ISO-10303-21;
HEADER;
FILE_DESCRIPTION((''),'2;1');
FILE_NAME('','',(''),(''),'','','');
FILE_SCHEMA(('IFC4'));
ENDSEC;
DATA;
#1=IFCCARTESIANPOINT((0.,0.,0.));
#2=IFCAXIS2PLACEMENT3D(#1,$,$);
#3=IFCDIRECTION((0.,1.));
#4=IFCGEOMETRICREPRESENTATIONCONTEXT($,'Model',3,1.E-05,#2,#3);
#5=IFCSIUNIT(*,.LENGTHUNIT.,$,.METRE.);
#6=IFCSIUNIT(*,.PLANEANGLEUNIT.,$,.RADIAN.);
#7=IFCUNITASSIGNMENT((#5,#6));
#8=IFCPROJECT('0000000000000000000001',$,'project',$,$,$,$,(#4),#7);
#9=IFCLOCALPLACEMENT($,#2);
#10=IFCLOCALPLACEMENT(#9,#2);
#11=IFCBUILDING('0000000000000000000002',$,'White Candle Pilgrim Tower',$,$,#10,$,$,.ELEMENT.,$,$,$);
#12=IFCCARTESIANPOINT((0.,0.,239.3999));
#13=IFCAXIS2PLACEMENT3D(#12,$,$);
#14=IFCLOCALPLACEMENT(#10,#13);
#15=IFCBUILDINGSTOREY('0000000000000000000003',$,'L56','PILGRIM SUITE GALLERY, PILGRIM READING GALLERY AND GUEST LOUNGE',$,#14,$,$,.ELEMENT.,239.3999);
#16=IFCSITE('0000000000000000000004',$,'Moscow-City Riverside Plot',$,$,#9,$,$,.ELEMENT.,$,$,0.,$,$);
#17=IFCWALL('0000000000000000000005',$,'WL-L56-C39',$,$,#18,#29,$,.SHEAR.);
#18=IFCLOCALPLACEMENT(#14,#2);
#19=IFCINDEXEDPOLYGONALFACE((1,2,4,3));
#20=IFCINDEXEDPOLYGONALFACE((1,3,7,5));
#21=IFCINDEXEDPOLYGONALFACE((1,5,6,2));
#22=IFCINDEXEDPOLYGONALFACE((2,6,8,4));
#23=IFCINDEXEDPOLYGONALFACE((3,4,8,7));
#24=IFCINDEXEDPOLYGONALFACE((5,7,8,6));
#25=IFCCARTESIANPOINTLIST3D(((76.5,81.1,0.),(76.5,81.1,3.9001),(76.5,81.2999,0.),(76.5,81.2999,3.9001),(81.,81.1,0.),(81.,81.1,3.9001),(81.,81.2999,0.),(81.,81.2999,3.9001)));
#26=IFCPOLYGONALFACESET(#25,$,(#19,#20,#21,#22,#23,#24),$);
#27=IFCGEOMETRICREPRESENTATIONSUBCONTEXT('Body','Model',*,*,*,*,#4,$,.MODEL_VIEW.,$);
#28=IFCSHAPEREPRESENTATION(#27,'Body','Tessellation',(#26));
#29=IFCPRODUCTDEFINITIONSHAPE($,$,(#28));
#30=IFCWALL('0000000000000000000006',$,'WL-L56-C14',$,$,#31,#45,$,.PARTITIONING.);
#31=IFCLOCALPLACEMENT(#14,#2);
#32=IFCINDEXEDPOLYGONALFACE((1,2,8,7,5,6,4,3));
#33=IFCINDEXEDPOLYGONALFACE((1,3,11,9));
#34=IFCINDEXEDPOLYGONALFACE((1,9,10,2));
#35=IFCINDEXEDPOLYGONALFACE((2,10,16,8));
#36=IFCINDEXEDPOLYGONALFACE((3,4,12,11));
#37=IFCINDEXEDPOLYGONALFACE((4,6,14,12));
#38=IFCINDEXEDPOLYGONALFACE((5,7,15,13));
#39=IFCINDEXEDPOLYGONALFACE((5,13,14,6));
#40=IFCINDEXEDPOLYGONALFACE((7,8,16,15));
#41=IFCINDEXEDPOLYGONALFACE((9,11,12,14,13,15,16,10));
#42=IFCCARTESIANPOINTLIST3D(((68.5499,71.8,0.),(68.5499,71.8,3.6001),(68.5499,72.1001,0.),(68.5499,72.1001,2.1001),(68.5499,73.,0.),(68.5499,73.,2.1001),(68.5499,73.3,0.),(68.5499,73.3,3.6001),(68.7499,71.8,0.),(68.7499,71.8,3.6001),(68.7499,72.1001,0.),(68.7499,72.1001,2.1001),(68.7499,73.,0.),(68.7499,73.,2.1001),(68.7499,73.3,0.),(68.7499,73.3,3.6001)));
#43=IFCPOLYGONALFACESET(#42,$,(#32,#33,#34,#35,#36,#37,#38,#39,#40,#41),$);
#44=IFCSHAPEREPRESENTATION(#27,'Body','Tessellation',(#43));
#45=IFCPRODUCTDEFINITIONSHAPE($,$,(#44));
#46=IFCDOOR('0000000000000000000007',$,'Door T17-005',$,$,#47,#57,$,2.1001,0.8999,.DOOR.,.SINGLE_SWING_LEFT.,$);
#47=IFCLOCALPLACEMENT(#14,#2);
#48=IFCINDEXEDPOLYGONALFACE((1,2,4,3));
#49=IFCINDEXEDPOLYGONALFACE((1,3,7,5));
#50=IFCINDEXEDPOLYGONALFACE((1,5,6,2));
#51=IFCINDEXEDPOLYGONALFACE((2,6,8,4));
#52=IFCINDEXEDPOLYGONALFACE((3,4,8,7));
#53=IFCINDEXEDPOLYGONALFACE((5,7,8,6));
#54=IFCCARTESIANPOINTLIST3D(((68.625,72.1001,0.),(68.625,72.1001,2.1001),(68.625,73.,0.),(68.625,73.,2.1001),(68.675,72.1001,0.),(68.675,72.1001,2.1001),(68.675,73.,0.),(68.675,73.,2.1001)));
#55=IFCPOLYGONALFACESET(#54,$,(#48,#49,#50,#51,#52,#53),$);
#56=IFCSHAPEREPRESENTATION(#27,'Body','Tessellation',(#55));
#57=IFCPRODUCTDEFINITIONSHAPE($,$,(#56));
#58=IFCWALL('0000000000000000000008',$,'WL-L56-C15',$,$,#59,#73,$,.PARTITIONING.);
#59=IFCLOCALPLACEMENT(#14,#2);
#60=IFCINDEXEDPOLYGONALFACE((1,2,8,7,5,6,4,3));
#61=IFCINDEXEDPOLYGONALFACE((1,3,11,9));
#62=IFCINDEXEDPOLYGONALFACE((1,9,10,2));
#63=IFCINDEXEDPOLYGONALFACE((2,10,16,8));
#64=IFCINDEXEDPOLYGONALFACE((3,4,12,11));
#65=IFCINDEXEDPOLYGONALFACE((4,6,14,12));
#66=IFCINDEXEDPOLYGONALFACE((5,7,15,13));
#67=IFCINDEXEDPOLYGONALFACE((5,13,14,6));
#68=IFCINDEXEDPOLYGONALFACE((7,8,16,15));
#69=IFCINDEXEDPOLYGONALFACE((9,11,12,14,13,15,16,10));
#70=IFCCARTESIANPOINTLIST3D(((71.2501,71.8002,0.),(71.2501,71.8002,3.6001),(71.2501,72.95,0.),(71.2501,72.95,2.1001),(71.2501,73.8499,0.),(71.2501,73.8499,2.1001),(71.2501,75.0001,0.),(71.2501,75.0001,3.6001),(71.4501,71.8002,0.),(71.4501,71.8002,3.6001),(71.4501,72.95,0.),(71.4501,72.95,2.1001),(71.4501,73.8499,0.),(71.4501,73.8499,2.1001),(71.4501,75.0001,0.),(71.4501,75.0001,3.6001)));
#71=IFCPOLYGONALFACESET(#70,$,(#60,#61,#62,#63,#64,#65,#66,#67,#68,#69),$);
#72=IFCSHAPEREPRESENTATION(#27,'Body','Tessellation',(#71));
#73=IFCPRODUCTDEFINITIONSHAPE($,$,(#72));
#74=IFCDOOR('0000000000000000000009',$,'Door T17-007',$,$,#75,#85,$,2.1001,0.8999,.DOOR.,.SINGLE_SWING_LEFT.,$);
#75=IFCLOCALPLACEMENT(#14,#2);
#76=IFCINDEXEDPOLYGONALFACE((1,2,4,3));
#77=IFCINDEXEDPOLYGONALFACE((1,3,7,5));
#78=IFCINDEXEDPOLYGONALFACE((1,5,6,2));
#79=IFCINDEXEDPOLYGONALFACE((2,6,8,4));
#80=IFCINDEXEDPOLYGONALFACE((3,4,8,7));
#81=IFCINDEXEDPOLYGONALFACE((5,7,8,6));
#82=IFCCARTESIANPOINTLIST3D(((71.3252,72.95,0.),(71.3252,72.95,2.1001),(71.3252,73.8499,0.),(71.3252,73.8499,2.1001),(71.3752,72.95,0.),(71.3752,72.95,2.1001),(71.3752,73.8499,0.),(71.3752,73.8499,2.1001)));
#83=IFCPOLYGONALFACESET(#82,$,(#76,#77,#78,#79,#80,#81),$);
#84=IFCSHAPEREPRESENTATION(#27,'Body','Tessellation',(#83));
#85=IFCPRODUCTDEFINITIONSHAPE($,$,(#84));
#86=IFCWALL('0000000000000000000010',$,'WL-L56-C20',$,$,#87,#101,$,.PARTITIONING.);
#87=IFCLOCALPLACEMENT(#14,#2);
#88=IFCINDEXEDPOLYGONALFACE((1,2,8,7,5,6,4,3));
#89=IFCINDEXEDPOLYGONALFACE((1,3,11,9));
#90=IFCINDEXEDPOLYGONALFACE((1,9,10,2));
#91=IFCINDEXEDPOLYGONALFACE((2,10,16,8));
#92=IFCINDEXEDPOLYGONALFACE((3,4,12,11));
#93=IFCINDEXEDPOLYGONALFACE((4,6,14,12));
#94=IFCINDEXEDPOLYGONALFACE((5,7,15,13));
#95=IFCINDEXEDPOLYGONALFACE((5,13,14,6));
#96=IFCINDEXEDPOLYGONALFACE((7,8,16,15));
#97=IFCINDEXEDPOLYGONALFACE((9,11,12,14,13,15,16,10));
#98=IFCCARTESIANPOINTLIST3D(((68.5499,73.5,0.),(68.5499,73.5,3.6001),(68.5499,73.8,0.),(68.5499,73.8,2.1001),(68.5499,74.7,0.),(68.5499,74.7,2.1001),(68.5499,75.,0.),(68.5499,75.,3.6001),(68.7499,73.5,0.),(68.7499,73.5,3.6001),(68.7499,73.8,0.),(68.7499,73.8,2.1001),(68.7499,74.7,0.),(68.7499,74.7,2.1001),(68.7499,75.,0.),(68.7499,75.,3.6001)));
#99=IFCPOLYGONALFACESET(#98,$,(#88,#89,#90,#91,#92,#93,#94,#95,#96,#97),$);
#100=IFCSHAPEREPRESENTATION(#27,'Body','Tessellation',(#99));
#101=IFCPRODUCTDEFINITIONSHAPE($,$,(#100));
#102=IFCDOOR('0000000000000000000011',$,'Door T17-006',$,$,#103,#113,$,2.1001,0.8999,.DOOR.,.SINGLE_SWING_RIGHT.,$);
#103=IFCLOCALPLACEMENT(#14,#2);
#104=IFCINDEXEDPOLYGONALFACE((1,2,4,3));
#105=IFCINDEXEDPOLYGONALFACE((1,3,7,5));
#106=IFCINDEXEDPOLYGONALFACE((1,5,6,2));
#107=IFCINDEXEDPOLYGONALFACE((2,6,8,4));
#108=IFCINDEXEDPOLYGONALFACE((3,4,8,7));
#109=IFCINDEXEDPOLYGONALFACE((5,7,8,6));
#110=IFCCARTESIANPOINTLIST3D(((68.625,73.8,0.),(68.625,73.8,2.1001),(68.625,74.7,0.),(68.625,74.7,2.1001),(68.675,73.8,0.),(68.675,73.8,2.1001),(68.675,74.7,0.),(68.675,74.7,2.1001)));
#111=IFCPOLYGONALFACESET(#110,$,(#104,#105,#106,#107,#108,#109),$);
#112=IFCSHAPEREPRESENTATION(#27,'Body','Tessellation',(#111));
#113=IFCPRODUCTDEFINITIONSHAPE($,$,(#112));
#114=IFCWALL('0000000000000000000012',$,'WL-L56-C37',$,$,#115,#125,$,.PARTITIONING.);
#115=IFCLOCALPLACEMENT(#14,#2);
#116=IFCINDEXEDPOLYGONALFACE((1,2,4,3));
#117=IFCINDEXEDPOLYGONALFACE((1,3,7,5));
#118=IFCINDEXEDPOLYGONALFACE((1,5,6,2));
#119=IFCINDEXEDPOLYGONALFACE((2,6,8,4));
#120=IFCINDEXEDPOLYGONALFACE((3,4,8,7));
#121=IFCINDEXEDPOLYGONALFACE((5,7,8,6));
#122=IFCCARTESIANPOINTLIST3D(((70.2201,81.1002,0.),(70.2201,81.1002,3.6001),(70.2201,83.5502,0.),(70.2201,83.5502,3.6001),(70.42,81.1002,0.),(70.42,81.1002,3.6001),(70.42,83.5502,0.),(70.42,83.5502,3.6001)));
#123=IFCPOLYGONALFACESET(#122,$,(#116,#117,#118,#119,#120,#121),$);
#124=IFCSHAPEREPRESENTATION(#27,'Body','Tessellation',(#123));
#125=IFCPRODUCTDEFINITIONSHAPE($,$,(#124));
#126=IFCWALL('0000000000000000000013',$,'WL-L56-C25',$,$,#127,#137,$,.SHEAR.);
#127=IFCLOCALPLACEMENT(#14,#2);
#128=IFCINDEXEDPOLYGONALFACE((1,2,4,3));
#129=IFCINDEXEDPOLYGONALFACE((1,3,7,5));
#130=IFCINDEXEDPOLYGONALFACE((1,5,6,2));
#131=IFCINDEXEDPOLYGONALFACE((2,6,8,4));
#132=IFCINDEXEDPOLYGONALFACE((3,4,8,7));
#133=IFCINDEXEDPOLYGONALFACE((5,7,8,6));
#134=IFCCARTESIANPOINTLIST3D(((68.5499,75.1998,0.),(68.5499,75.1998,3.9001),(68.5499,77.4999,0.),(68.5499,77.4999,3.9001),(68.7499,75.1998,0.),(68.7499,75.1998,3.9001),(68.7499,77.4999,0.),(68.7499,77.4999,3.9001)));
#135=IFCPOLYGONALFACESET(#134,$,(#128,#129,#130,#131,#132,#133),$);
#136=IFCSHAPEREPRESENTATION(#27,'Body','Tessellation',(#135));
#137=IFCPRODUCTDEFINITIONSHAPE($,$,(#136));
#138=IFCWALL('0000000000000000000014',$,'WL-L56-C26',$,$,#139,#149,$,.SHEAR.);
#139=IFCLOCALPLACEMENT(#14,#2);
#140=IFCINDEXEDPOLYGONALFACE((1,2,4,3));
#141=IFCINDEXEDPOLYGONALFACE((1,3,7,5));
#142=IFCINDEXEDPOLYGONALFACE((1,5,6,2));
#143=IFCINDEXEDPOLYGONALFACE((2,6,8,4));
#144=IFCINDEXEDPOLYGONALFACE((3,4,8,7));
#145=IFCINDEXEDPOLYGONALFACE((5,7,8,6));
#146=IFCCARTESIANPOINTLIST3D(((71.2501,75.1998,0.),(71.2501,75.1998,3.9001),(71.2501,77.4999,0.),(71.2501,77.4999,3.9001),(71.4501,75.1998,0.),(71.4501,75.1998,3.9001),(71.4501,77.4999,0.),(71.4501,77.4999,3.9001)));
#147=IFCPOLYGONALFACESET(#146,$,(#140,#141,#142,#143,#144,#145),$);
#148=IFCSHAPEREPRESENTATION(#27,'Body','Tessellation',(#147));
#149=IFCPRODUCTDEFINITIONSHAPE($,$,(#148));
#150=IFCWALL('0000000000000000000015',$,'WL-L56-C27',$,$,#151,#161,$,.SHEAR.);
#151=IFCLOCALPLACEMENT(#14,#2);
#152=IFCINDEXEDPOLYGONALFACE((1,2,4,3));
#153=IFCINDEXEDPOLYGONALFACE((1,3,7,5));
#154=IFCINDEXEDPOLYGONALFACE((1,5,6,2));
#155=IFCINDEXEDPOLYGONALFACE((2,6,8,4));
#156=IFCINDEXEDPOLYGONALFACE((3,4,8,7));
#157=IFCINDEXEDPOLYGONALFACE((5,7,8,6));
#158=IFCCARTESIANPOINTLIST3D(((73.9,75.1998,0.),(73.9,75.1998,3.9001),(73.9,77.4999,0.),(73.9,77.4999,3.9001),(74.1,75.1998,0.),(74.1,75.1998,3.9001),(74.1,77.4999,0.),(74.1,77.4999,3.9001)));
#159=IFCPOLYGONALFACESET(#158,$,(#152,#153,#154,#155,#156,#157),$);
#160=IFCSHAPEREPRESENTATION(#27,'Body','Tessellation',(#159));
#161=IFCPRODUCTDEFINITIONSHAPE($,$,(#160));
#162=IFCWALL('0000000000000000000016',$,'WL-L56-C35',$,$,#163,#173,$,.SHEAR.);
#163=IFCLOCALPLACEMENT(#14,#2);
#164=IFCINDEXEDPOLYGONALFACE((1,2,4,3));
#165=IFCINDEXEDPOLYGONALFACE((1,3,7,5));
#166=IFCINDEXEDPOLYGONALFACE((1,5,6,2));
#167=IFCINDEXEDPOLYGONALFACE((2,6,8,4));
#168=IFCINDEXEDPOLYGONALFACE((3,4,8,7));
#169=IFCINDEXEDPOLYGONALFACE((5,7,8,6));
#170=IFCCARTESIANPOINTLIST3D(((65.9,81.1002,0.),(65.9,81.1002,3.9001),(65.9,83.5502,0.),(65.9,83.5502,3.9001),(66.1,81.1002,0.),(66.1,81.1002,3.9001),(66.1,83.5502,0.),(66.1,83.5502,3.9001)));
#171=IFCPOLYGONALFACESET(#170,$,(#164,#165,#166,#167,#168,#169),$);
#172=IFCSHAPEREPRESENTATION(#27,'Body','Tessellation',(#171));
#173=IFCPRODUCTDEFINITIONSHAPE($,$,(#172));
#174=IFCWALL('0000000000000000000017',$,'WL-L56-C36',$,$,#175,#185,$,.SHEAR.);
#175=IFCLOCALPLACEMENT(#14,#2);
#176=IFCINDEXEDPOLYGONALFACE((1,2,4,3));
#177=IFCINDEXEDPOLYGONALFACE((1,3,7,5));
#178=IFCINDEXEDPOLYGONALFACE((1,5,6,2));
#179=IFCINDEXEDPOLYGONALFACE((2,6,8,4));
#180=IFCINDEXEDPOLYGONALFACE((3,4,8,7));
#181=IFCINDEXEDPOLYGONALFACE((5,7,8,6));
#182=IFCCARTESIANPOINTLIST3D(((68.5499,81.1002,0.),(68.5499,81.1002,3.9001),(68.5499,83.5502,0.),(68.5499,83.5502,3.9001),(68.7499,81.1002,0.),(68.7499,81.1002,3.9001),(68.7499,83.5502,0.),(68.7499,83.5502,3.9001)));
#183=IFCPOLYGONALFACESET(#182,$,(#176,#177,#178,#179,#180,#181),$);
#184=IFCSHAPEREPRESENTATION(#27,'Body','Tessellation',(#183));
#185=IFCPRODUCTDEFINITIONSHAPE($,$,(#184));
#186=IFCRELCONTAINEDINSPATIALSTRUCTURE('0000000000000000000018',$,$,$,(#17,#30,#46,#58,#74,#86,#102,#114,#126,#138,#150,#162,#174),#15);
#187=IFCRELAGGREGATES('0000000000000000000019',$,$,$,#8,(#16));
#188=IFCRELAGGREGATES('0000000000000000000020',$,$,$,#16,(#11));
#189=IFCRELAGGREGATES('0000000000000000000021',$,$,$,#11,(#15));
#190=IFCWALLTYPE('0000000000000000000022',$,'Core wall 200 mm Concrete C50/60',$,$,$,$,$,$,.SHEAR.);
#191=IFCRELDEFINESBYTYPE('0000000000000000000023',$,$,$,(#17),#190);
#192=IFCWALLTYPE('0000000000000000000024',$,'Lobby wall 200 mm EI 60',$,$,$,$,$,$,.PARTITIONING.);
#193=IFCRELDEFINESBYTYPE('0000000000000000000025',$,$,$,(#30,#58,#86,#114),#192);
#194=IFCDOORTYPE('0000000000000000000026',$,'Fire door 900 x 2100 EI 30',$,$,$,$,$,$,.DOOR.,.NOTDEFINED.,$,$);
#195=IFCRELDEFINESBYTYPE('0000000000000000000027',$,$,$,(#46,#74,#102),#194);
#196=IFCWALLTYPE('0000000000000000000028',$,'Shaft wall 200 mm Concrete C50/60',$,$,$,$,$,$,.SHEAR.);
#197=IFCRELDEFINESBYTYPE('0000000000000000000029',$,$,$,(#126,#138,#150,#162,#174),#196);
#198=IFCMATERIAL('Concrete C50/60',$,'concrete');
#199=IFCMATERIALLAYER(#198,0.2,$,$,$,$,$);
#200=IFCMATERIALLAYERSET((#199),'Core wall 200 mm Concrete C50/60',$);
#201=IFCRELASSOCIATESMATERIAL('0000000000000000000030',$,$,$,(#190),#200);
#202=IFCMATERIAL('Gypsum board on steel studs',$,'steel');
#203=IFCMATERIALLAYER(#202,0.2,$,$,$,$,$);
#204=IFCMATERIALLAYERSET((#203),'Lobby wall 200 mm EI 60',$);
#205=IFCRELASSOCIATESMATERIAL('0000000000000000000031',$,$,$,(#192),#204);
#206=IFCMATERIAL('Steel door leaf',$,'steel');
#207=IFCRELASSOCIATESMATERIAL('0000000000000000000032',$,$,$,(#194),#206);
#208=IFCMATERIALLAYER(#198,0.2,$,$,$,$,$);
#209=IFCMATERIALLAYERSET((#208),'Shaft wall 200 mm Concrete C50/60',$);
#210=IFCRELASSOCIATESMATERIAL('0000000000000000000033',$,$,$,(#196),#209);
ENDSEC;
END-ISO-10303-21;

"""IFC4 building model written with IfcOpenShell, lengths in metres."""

from ifc_helpers import new_model, si_unit, direction, frame, frame_2d, origin, place, context, subcontext, project, spatial, rectangle, extrude, material, layer, layer_set, type_object, element, fill, save


model = new_model("IFC4")

# Units and contexts
model_context = context("Model", 3, precision=1e-05, world=origin(), true_north=direction((0.0, 1.0)))
body_context = subcontext(model_context, "Body", "Model", "MODEL_VIEW")
ifc_project = project(units=[si_unit("LENGTHUNIT", "METRE"), si_unit("PLANEANGLEUNIT", "RADIAN")], contexts=[model_context])

# Site, building, storey
site_placement = place(None, origin())
site = spatial("IfcSite", under=ifc_project, at=site_placement, Name="Moscow-City Riverside Plot", CompositionType="ELEMENT", RefElevation=0.0)
building_placement = place(site_placement, origin())
building = spatial("IfcBuilding", under=site, at=building_placement, Name="White Candle Pilgrim Tower", CompositionType="ELEMENT")
storey_placement = place(building_placement, frame((0.0, 0.0, 239.3999)))
storey = spatial("IfcBuildingStorey", under=building, at=storey_placement, Name="L56", Description="PILGRIM SUITE GALLERY, PILGRIM READING GALLERY AND GUEST LOUNGE", CompositionType="ELEMENT", Elevation=239.3999)

# Wall
ifc_material_1 = material(Name="Concrete C50/60", Category="concrete")
ifc_layer_1 = layer(ifc_material_1, 0.2)
ifc_layer_set_1 = layer_set([ifc_layer_1], Name="Core wall 200 mm Concrete C50/60")
wall_type_1 = type_object("IfcWallType", Name="Core wall 200 mm Concrete C50/60", PredefinedType="SHEAR", material=ifc_layer_set_1)
wall_1_placement = place(storey_placement, frame((76.5, 81.2, 0.0), z_axis=(0.0, 0.0, 1.0), x_axis=(1.0, 0.0, 0.0)))
element("IfcWall", 1, at=wall_1_placement, inside=storey, type_object=wall_type_1, Name="WL-L56-C39", PredefinedType="SHEAR", context=body_context, shape_type="SweptSolid", body=[
    extrude(rectangle(XDim=4.5, YDim=0.2, at=frame_2d((2.25, 0.0))), origin(), (0.0, 0.0, 1.0), 3.9001),
])

# Walls, openings, doors
ifc_material_2 = material(Name="Gypsum board on steel studs", Category="steel")
ifc_layer_2 = layer(ifc_material_2, 0.2)
ifc_layer_set_2 = layer_set([ifc_layer_2], Name="Lobby wall 200 mm EI 60")
wall_type_2 = type_object("IfcWallType", Name="Lobby wall 200 mm EI 60", PredefinedType="PARTITIONING", material=ifc_layer_set_2)
wall_2_placement = place(storey_placement, frame((68.6499, 71.8, 0.0), z_axis=(0.0, 0.0, 1.0), x_axis=(0.0, 1.0, 0.0)))
wall_2 = element("IfcWall", 2, at=wall_2_placement, inside=storey, type_object=wall_type_2, Name="WL-L56-C14", PredefinedType="PARTITIONING", context=body_context, shape_type="SweptSolid", body=[
    extrude(rectangle(XDim=1.5, YDim=0.2, at=frame_2d((0.75, 0.0))), origin(), (0.0, 0.0, 1.0), 3.6001),
])
opening_1_placement = place(wall_2_placement, frame((0.3, 0.0, 0.0)))
opening_1 = element("IfcOpeningElement", 3, at=opening_1_placement, cuts=wall_2, PredefinedType="OPENING", context=body_context, shape_type="SweptSolid", body=[
    extrude(rectangle(XDim=0.8999, YDim=2.1001, at=frame_2d((0.45, 1.05))), frame((0.0, 0.1099, 0.0), z_axis=(0.0, -1.0, 0.0), x_axis=(1.0, 0.0, 0.0)), (0.0, 0.0, 1.0), 0.22),
])
ifc_material_3 = material(Name="Steel door leaf", Category="steel")
door_type_1 = type_object("IfcDoorType", Name="Fire door 900 x 2100 EI 30", OperationType="NOTDEFINED", PredefinedType="DOOR", material=ifc_material_3)
door_1_placement = place(opening_1_placement, origin())
door_1 = element("IfcDoor", 4, at=door_1_placement, inside=storey, type_object=door_type_1, Name="Door T17-005", OperationType="SINGLE_SWING_LEFT", OverallHeight=2.1001, OverallWidth=0.8999, PredefinedType="DOOR", context=body_context, shape_type="SweptSolid", body=[
    extrude(rectangle(XDim=0.8999, YDim=2.1001, at=frame_2d((0.45, 1.05))), frame((0.0, 0.0249, 0.0), z_axis=(0.0, -1.0, 0.0), x_axis=(1.0, 0.0, 0.0)), (0.0, 0.0, 1.0), 0.05),
])
fill(opening_1, door_1)
wall_3_placement = place(storey_placement, frame((71.3501, 71.8, 0.0), z_axis=(0.0, 0.0, 1.0), x_axis=(0.0, 1.0, 0.0)))
wall_3 = element("IfcWall", 5, at=wall_3_placement, inside=storey, type_object=wall_type_2, Name="WL-L56-C15", PredefinedType="PARTITIONING", context=body_context, shape_type="SweptSolid", body=[
    extrude(rectangle(XDim=3.2, YDim=0.2, at=frame_2d((1.6001, 0.0))), origin(), (0.0, 0.0, 1.0), 3.6001),
])
opening_2_placement = place(wall_3_placement, frame((1.1499, 0.0, 0.0)))
opening_2 = element("IfcOpeningElement", 6, at=opening_2_placement, cuts=wall_3, PredefinedType="OPENING", context=body_context, shape_type="SweptSolid", body=[
    extrude(rectangle(XDim=0.8999, YDim=2.1001, at=frame_2d((0.45, 1.05))), frame((0.0, 0.1099, 0.0), z_axis=(0.0, -1.0, 0.0), x_axis=(1.0, 0.0, 0.0)), (0.0, 0.0, 1.0), 0.22),
])
door_2_placement = place(opening_2_placement, origin())
door_2 = element("IfcDoor", 7, at=door_2_placement, inside=storey, type_object=door_type_1, Name="Door T17-007", OperationType="SINGLE_SWING_LEFT", OverallHeight=2.1001, OverallWidth=0.8999, PredefinedType="DOOR", context=body_context, shape_type="SweptSolid", body=[
    extrude(rectangle(XDim=0.8999, YDim=2.1001, at=frame_2d((0.45, 1.05))), frame((0.0, 0.0249, 0.0), z_axis=(0.0, -1.0, 0.0), x_axis=(1.0, 0.0, 0.0)), (0.0, 0.0, 1.0), 0.05),
])
fill(opening_2, door_2)
wall_4_placement = place(storey_placement, frame((68.6499, 73.5, 0.0), z_axis=(0.0, 0.0, 1.0), x_axis=(0.0, 1.0, 0.0)))
wall_4 = element("IfcWall", 8, at=wall_4_placement, inside=storey, type_object=wall_type_2, Name="WL-L56-C20", PredefinedType="PARTITIONING", context=body_context, shape_type="SweptSolid", body=[
    extrude(rectangle(XDim=1.5, YDim=0.2, at=frame_2d((0.75, 0.0))), origin(), (0.0, 0.0, 1.0), 3.6001),
])
opening_3_placement = place(wall_4_placement, frame((0.3, 0.0, 0.0)))
opening_3 = element("IfcOpeningElement", 9, at=opening_3_placement, cuts=wall_4, PredefinedType="OPENING", context=body_context, shape_type="SweptSolid", body=[
    extrude(rectangle(XDim=0.8999, YDim=2.1001, at=frame_2d((0.45, 1.05))), frame((0.0, 0.1099, 0.0), z_axis=(0.0, -1.0, 0.0), x_axis=(1.0, 0.0, 0.0)), (0.0, 0.0, 1.0), 0.22),
])
door_3_placement = place(opening_3_placement, origin())
door_3 = element("IfcDoor", 10, at=door_3_placement, inside=storey, type_object=door_type_1, Name="Door T17-006", OperationType="SINGLE_SWING_RIGHT", OverallHeight=2.1001, OverallWidth=0.8999, PredefinedType="DOOR", context=body_context, shape_type="SweptSolid", body=[
    extrude(rectangle(XDim=0.8999, YDim=2.1001, at=frame_2d((0.45, 1.05))), frame((0.0, 0.0249, 0.0), z_axis=(0.0, -1.0, 0.0), x_axis=(1.0, 0.0, 0.0)), (0.0, 0.0, 1.0), 0.05),
])
fill(opening_3, door_3)

# Walls
wall_5_placement = place(storey_placement, frame((70.3201, 81.1001, 0.0), z_axis=(0.0, 0.0, 1.0), x_axis=(0.0, 1.0, 0.0)))
element("IfcWall", 11, at=wall_5_placement, inside=storey, type_object=wall_type_2, Name="WL-L56-C37", PredefinedType="PARTITIONING", context=body_context, shape_type="SweptSolid", body=[
    extrude(rectangle(XDim=2.45, YDim=0.2, at=frame_2d((1.2251, 0.0))), origin(), (0.0, 0.0, 1.0), 3.6001),
])
ifc_layer_3 = layer(ifc_material_1, 0.2)
ifc_layer_set_3 = layer_set([ifc_layer_3], Name="Shaft wall 200 mm Concrete C50/60")
wall_type_3 = type_object("IfcWallType", Name="Shaft wall 200 mm Concrete C50/60", PredefinedType="SHEAR", material=ifc_layer_set_3)
for number, where, z_axis, x_axis, name in (
    (12, (68.6499, 75.2, 0.0), (0.0, 0.0, 1.0), (0.0, 1.0, 0.0), "WL-L56-C25"),
    (13, (71.3501, 75.2, 0.0), (0.0, 0.0, 1.0), (0.0, 1.0, 0.0), "WL-L56-C26"),
    (14, (74.0, 75.2, 0.0), (0.0, 0.0, 1.0), (0.0, 1.0, 0.0), "WL-L56-C27"),
):
    element("IfcWall", number, at=place(storey_placement, frame(where, z_axis=z_axis, x_axis=x_axis)), inside=storey, type_object=wall_type_3, Name=name, PredefinedType="SHEAR", context=body_context, shape_type="SweptSolid", body=[
        extrude(rectangle(XDim=2.3, YDim=0.2, at=frame_2d((1.1499, 0.0))), origin(), (0.0, 0.0, 1.0), 3.9001),
    ])
for number, where, z_axis, x_axis, name in (
    (15, (66.0, 81.1001, 0.0), (0.0, 0.0, 1.0), (0.0, 1.0, 0.0), "WL-L56-C35"),
    (16, (68.6499, 81.1001, 0.0), (0.0, 0.0, 1.0), (0.0, 1.0, 0.0), "WL-L56-C36"),
):
    element("IfcWall", number, at=place(storey_placement, frame(where, z_axis=z_axis, x_axis=x_axis)), inside=storey, type_object=wall_type_3, Name=name, PredefinedType="SHEAR", context=body_context, shape_type="SweptSolid", body=[
        extrude(rectangle(XDim=2.45, YDim=0.2, at=frame_2d((1.2251, 0.0))), origin(), (0.0, 0.0, 1.0), 3.9001),
    ])

save(model, "model.ifc")
